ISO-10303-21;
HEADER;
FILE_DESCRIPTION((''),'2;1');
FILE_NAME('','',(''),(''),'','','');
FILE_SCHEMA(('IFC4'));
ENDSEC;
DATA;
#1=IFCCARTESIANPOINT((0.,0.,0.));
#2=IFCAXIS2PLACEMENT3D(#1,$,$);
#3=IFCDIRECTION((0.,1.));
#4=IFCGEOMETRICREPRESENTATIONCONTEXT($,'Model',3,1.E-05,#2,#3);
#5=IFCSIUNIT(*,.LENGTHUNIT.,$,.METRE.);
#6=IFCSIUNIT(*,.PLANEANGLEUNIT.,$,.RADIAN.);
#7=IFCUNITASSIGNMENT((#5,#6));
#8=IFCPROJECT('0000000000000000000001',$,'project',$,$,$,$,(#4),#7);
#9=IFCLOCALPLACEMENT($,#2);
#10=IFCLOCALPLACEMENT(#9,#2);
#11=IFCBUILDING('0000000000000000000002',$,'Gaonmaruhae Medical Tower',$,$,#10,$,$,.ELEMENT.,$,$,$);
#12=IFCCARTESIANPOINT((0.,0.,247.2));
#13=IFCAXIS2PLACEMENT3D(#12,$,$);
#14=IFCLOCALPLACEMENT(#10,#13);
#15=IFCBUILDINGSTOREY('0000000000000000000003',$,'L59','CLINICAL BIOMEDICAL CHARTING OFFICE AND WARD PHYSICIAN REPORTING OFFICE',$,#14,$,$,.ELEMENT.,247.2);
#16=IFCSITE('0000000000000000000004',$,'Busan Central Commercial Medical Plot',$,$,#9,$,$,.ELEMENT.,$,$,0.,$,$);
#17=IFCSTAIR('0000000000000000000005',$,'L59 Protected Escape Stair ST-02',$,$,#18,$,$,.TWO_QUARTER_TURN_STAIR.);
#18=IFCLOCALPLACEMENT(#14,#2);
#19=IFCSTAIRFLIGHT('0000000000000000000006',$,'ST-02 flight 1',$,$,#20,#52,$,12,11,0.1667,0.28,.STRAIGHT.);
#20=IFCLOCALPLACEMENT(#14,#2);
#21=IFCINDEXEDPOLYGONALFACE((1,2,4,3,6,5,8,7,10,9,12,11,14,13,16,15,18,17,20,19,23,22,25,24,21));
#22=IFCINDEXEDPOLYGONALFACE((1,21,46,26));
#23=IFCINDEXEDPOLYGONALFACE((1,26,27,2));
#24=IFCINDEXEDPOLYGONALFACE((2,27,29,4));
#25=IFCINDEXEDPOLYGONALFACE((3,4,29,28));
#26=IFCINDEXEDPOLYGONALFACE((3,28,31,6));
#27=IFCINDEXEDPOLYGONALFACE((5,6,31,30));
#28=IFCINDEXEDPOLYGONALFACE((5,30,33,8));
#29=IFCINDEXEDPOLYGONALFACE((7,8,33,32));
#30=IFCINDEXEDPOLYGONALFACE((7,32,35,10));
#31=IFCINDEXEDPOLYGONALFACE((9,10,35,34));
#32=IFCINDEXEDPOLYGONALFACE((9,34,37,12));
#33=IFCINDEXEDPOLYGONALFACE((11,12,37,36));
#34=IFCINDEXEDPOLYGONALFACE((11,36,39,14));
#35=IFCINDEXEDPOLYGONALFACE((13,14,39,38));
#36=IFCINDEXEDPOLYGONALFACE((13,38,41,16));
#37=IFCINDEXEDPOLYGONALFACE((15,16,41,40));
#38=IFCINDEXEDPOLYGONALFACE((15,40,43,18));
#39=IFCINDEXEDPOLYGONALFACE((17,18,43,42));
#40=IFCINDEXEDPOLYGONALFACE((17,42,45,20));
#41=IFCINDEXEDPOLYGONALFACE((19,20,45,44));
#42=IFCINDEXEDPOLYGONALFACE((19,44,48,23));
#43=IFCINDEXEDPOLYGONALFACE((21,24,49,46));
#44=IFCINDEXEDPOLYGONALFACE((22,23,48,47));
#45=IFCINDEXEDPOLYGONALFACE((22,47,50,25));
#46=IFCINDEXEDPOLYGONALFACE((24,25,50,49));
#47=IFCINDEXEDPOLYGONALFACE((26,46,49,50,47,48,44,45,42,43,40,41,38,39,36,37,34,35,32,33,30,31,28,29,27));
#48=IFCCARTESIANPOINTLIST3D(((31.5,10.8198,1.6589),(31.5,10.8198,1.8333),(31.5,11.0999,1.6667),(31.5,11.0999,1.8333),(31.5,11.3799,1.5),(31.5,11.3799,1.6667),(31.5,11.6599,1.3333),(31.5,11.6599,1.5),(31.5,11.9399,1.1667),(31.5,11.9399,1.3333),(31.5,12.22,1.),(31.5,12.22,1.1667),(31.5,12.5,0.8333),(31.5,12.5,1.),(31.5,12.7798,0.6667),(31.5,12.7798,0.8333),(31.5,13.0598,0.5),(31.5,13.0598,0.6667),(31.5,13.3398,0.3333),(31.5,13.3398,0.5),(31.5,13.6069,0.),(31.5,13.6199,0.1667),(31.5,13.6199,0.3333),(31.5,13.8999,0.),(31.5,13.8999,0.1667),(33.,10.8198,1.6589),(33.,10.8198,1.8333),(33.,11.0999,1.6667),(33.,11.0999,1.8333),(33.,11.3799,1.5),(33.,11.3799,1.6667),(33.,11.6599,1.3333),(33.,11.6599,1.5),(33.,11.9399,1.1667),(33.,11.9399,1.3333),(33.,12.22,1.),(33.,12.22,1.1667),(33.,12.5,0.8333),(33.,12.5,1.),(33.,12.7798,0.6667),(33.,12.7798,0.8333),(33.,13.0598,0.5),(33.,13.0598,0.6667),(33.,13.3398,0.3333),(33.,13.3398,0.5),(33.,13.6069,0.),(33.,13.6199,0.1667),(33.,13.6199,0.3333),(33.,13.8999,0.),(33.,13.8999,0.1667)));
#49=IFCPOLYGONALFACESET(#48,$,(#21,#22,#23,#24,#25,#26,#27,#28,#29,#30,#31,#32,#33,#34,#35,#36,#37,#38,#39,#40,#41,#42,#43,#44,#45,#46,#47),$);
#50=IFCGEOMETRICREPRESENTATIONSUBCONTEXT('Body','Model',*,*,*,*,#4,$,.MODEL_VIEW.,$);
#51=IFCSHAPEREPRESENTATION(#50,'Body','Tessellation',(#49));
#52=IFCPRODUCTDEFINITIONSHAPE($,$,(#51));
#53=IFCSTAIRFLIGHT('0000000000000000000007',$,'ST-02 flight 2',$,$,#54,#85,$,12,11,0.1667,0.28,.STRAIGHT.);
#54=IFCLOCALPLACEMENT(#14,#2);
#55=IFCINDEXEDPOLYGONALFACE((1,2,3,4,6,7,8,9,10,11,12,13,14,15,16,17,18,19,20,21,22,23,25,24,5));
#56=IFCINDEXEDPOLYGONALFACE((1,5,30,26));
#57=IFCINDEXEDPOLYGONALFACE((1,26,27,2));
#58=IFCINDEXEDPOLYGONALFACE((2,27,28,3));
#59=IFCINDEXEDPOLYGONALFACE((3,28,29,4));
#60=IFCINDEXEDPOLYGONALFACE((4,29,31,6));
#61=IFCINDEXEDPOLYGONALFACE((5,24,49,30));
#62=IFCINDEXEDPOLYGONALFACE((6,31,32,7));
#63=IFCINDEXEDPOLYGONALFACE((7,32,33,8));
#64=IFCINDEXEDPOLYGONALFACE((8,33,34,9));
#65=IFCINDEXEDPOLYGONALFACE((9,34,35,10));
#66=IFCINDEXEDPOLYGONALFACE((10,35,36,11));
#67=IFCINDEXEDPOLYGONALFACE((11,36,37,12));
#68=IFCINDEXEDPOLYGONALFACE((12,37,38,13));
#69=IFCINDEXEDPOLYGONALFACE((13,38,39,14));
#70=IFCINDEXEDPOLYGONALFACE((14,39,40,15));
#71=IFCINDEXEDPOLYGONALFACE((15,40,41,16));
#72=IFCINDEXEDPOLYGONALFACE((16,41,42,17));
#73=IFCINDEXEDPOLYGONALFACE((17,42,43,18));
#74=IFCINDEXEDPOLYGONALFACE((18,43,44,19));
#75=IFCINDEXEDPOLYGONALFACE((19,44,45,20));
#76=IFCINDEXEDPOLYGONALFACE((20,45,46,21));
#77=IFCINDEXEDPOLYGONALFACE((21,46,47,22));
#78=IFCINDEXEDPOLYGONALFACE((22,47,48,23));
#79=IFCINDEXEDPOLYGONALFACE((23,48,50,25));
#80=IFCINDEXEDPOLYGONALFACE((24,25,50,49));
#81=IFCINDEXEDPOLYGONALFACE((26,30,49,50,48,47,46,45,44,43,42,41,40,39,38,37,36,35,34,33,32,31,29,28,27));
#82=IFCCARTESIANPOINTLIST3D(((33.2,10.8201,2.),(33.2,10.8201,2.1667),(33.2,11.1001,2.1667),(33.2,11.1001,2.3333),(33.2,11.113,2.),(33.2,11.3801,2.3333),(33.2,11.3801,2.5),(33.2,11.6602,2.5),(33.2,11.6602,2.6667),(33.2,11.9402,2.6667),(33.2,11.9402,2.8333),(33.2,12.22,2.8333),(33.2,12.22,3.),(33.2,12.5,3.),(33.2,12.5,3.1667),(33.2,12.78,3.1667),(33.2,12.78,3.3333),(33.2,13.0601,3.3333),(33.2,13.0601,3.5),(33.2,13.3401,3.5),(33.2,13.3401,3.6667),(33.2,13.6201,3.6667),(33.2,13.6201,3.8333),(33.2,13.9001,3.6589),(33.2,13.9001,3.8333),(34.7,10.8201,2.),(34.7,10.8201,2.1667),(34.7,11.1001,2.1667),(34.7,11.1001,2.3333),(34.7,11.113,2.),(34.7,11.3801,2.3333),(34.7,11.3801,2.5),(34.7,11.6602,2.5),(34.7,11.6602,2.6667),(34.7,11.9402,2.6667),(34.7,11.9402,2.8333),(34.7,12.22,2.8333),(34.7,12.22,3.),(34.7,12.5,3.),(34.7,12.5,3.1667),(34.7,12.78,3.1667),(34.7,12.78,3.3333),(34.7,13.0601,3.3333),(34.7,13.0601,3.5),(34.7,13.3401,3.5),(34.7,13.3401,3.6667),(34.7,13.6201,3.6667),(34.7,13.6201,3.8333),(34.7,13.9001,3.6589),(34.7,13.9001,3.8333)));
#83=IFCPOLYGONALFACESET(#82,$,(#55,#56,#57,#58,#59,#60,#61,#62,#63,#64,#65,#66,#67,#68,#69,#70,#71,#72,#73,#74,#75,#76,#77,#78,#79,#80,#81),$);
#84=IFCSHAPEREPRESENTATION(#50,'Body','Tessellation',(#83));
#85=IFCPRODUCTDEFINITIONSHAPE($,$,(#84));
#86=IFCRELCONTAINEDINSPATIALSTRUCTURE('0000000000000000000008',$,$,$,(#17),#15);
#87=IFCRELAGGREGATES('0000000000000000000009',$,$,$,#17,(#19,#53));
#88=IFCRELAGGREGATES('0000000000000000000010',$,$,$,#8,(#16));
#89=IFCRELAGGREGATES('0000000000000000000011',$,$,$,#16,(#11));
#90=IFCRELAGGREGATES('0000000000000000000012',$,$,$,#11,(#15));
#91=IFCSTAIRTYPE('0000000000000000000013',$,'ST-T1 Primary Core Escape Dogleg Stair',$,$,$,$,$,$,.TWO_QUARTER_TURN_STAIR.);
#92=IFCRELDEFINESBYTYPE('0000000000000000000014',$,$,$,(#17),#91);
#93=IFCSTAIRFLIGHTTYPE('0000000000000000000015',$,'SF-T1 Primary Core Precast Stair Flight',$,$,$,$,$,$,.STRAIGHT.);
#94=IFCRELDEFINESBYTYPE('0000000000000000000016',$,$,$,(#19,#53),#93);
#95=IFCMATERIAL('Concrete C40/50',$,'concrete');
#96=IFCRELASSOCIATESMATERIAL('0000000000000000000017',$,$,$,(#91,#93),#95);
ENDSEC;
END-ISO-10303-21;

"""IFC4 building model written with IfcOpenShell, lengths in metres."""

from ifc_helpers import new_model, si_unit, direction, frame, origin, place, context, subcontext, project, spatial, polyline, outline, extrude, material, type_object, element, aggregate, save


model = new_model("IFC4")

# Units and contexts
model_context = context("Model", 3, precision=1e-05, world=origin(), true_north=direction((0.0, 1.0)))
body_context = subcontext(model_context, "Body", "Model", "MODEL_VIEW")
ifc_project = project(units=[si_unit("LENGTHUNIT", "METRE"), si_unit("PLANEANGLEUNIT", "RADIAN")], contexts=[model_context])

# Site, building, storey
site_placement = place(None, origin())
site = spatial("IfcSite", under=ifc_project, at=site_placement, Name="Busan Central Commercial Medical Plot", CompositionType="ELEMENT", RefElevation=0.0)
building_placement = place(site_placement, origin())
building = spatial("IfcBuilding", under=site, at=building_placement, Name="Gaonmaruhae Medical Tower", CompositionType="ELEMENT")
storey_placement = place(building_placement, frame((0.0, 0.0, 247.2)))
storey = spatial("IfcBuildingStorey", under=building, at=storey_placement, Name="L59", Description="CLINICAL BIOMEDICAL CHARTING OFFICE AND WARD PHYSICIAN REPORTING OFFICE", CompositionType="ELEMENT", Elevation=247.2)

# Stair, stair flights
ifc_material_1 = material(Name="Concrete C40/50", Category="concrete")
stair_type = type_object("IfcStairType", Name="ST-T1 Primary Core Escape Dogleg Stair", PredefinedType="TWO_QUARTER_TURN_STAIR", material=ifc_material_1)
stair_placement = place(storey_placement, origin())
stair = element("IfcStair", 1, at=stair_placement, inside=storey, type_object=stair_type, Name="L59 Protected Escape Stair ST-02", PredefinedType="TWO_QUARTER_TURN_STAIR")
stair_flight_type = type_object("IfcStairFlightType", Name="SF-T1 Primary Core Precast Stair Flight", PredefinedType="STRAIGHT", material=ifc_material_1)
stair_flight_1_placement = place(storey_placement, frame((32.25, 13.8999, 0.0), z_axis=(0.0, 0.0, 1.0), x_axis=(0.0, -1.0, 0.0)))
stair_flight_1 = element("IfcStairFlight", 2, at=stair_flight_1_placement, type_object=stair_flight_type, Name="ST-02 flight 1", NumberOfRisers=12, NumberOfTreads=11, PredefinedType="STRAIGHT", RiserHeight=0.1667, TreadLength=0.28, context=body_context, shape_type="SweptSolid", body=[
    extrude(outline(polyline([(0.0, 0.0), (0.0, 0.1667), (0.28, 0.1667), (0.28, 0.3333), (0.5601, 0.3333), (0.5601, 0.5), (0.8401, 0.5), (0.8401, 0.6667), (1.1201, 0.6667), (1.1201, 0.8333), (1.3999, 0.8333), (1.3999, 1.0), (1.6799, 1.0), (1.6799, 1.1667), (1.96, 1.1667), (1.96, 1.3333), (2.24, 1.3333), (2.24, 1.5), (2.52, 1.5), (2.52, 1.6667), (2.8, 1.6667), (2.8, 1.8333), (3.0801, 1.8333), (3.0801, 2.0), (3.0801, 1.6589), (0.293, 0.0), (0.0, 0.0)])), frame((0.0, 0.75, 0.0), z_axis=(0.0, -1.0, 0.0), x_axis=(1.0, 0.0, 0.0)), (0.0, 0.0, 1.0), 1.5),
])
stair_flight_2_placement = place(storey_placement, frame((33.95, 10.8201, 2.0), z_axis=(0.0, 0.0, 1.0), x_axis=(0.0, 1.0, 0.0)))
stair_flight_2 = element("IfcStairFlight", 3, at=stair_flight_2_placement, type_object=stair_flight_type, Name="ST-02 flight 2", NumberOfRisers=12, NumberOfTreads=11, PredefinedType="STRAIGHT", RiserHeight=0.1667, TreadLength=0.28, context=body_context, shape_type="SweptSolid", body=[
    extrude(outline(polyline([(0.0, 0.0), (0.0, 0.1667), (0.28, 0.1667), (0.28, 0.3333), (0.5601, 0.3333), (0.5601, 0.5), (0.8401, 0.5), (0.8401, 0.6667), (1.1201, 0.6667), (1.1201, 0.8333), (1.3999, 0.8333), (1.3999, 1.0), (1.6799, 1.0), (1.6799, 1.1667), (1.96, 1.1667), (1.96, 1.3333), (2.24, 1.3333), (2.24, 1.5), (2.52, 1.5), (2.52, 1.6667), (2.8, 1.6667), (2.8, 1.8333), (3.0801, 1.8333), (3.0801, 2.0), (3.0801, 1.6589), (0.293, 0.0), (0.0, 0.0)])), frame((0.0, 0.75, 0.0), z_axis=(0.0, -1.0, 0.0), x_axis=(1.0, 0.0, 0.0)), (0.0, 0.0, 1.0), 1.5),
])
aggregate(stair, [stair_flight_1, stair_flight_2])

save(model, "model.ifc")
